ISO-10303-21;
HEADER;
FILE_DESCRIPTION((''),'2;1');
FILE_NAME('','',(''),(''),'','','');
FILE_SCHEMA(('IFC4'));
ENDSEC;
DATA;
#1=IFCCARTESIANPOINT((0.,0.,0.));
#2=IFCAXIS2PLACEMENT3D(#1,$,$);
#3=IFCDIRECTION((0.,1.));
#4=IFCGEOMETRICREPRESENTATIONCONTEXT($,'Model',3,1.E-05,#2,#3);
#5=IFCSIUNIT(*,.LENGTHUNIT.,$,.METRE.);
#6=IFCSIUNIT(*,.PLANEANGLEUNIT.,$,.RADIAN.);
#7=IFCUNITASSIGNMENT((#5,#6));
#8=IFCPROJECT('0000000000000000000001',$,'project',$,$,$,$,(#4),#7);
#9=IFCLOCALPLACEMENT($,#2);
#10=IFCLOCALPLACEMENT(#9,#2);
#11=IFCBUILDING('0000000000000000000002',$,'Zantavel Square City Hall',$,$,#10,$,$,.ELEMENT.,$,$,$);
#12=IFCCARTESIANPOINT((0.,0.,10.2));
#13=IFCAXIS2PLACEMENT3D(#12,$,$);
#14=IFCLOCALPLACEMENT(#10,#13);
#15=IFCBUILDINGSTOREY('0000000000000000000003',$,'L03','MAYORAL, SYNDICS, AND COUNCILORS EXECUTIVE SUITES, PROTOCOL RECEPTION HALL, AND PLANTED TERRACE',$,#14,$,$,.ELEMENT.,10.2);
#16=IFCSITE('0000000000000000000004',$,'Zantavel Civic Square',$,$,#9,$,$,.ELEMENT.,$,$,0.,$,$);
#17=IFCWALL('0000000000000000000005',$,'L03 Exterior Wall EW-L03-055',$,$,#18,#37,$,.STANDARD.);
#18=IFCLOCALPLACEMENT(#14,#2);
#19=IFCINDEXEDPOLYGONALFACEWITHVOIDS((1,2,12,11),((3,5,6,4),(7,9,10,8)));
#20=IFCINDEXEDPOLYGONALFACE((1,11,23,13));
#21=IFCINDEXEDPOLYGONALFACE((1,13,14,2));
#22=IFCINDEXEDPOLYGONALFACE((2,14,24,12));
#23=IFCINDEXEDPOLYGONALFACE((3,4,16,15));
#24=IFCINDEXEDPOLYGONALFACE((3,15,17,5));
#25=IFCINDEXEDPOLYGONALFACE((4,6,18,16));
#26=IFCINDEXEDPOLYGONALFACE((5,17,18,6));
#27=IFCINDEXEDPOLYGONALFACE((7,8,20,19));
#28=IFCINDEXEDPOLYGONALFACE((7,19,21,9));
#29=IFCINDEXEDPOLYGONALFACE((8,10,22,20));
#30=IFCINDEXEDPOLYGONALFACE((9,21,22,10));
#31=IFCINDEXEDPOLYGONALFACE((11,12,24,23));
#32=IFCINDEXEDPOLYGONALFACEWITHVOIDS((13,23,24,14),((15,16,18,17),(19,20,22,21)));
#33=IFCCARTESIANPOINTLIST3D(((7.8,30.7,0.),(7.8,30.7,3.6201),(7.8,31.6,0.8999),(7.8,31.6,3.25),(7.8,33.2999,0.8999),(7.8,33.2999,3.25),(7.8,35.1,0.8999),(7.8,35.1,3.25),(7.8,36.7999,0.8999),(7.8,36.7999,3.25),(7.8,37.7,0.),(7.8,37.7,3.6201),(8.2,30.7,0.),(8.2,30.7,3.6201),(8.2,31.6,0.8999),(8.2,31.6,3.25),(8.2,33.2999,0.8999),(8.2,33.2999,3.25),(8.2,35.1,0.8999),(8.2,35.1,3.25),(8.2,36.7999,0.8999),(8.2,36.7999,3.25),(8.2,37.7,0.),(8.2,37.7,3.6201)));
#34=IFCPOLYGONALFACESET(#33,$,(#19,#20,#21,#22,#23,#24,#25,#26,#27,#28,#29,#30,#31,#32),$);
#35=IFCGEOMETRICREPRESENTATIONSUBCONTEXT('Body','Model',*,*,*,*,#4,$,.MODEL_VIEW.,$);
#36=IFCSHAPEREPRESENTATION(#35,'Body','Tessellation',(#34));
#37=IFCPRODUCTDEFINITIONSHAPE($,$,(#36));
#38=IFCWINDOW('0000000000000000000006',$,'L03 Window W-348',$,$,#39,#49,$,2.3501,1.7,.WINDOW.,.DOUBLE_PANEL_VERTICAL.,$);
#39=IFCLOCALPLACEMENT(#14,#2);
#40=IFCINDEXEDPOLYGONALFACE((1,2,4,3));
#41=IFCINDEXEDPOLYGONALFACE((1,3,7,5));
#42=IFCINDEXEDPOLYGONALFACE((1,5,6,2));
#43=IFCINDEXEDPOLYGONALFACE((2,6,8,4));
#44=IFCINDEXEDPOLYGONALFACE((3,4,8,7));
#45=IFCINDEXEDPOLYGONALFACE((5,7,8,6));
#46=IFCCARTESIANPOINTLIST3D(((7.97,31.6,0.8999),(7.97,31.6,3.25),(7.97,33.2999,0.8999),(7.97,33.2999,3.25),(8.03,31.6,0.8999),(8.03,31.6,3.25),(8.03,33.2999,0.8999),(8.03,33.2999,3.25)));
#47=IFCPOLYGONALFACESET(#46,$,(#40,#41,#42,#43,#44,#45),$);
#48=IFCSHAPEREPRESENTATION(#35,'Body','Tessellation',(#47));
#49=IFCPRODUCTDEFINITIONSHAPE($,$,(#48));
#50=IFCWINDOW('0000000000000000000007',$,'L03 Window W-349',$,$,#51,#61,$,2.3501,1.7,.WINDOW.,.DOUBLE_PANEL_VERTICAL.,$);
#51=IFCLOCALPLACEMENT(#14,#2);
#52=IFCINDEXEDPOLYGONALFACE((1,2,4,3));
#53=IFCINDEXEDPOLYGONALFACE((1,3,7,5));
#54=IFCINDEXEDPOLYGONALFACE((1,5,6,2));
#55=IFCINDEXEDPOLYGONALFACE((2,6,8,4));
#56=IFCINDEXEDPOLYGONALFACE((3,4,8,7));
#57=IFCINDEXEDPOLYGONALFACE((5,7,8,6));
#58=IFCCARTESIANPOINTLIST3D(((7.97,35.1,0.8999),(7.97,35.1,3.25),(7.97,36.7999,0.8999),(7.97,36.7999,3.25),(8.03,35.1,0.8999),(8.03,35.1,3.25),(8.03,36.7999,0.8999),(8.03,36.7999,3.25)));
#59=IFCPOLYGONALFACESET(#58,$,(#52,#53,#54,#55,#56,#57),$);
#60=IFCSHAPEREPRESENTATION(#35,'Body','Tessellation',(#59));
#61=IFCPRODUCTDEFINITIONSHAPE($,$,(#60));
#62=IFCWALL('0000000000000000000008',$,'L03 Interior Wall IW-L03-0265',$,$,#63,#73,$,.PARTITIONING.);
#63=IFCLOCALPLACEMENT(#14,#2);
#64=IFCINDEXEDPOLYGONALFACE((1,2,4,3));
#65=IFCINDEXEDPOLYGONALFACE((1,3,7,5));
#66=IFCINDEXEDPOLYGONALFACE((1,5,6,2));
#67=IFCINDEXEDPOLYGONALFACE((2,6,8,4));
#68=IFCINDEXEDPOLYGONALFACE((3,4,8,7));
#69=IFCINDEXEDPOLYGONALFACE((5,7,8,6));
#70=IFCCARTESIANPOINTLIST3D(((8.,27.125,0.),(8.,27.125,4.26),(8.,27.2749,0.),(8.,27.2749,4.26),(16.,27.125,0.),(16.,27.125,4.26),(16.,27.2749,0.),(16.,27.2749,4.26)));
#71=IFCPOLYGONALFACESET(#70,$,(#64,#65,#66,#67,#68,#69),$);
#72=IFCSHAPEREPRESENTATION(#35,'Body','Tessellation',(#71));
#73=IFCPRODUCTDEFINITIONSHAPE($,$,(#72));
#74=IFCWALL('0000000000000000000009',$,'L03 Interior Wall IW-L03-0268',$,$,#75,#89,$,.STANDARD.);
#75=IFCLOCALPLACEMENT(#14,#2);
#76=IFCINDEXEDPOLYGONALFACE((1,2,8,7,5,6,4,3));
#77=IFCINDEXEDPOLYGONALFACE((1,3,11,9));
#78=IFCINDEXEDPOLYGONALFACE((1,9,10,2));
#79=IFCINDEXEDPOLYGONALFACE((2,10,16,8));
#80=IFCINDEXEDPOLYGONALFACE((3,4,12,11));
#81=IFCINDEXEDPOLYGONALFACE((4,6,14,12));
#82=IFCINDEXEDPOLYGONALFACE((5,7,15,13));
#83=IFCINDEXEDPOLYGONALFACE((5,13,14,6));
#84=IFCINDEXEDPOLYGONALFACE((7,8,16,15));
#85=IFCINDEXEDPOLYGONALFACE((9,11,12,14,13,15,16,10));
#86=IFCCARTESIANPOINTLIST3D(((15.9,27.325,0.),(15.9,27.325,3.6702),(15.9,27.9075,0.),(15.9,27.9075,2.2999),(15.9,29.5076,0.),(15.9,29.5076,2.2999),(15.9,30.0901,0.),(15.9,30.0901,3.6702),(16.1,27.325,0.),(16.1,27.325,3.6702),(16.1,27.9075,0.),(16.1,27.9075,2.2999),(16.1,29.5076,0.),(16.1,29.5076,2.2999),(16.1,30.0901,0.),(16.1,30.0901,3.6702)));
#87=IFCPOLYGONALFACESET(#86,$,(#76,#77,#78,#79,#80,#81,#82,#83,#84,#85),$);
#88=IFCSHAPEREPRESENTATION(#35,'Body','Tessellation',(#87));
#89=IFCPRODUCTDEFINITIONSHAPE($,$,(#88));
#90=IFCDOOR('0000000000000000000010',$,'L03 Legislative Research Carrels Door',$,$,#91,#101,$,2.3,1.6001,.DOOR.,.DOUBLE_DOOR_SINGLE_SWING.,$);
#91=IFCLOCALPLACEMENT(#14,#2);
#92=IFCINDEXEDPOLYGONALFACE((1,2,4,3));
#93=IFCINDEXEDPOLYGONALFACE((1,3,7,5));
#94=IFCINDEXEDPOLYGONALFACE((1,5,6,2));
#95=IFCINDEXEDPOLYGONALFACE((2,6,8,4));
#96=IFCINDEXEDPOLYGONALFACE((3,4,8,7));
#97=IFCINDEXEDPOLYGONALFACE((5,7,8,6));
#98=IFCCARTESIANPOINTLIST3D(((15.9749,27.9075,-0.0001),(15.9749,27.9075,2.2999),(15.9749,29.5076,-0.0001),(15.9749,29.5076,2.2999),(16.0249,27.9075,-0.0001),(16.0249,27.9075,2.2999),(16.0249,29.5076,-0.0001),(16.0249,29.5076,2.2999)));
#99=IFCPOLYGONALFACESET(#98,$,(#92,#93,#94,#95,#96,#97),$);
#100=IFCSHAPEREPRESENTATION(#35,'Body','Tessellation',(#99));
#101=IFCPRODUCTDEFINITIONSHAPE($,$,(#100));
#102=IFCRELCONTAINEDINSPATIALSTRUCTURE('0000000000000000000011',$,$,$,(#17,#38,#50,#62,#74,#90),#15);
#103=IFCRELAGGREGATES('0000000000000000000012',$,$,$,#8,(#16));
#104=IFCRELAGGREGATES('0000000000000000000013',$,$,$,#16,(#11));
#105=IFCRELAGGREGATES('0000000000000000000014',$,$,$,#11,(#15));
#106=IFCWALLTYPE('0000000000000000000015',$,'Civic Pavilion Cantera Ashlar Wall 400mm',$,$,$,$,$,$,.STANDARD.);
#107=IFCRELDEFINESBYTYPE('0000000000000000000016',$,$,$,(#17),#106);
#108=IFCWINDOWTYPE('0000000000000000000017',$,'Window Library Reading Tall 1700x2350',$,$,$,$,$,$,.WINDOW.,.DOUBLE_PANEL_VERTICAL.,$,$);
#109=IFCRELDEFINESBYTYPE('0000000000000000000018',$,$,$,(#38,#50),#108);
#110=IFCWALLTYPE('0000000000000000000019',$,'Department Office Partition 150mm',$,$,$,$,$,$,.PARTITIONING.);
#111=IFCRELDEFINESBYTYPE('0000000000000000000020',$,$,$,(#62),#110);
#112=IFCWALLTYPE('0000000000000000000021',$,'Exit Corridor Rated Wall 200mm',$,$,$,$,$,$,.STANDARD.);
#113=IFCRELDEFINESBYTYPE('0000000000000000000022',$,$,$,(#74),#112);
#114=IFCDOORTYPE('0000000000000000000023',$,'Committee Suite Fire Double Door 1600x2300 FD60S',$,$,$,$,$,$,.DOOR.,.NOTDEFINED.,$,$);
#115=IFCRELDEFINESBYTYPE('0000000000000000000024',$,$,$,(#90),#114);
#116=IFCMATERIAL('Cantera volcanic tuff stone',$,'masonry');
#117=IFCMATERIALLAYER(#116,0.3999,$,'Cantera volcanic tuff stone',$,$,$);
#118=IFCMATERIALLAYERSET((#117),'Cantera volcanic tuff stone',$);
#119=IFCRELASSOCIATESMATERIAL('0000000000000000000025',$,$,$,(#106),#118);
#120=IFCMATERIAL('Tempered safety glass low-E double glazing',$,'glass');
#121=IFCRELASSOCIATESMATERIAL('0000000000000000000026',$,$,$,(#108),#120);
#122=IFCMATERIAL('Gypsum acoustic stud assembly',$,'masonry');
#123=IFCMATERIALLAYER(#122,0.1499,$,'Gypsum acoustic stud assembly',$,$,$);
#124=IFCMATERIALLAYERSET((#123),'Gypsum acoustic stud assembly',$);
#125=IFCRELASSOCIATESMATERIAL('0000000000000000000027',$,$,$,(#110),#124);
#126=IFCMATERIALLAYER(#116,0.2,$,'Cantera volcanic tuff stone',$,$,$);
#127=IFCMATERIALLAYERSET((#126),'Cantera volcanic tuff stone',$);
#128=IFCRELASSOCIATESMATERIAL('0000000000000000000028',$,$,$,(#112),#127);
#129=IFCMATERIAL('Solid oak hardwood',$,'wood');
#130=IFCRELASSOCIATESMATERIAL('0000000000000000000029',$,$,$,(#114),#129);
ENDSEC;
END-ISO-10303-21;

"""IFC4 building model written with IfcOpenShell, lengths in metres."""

from ifc_helpers import new_model, si_unit, direction, frame, frame_2d, origin, place, context, subcontext, project, spatial, rectangle, extrude, material, layer, layer_set, type_object, element, fill, save


model = new_model("IFC4")

# Units and contexts
model_context = context("Model", 3, precision=1e-05, world=origin(), true_north=direction((0.0, 1.0)))
body_context = subcontext(model_context, "Body", "Model", "MODEL_VIEW")
ifc_project = project(units=[si_unit("LENGTHUNIT", "METRE"), si_unit("PLANEANGLEUNIT", "RADIAN")], contexts=[model_context])

# Site, building, storey
site_placement = place(None, origin())
site = spatial("IfcSite", under=ifc_project, at=site_placement, Name="Zantavel Civic Square", CompositionType="ELEMENT", RefElevation=0.0)
building_placement = place(site_placement, origin())
building = spatial("IfcBuilding", under=site, at=building_placement, Name="Zantavel Square City Hall", CompositionType="ELEMENT")
storey_placement = place(building_placement, frame((0.0, 0.0, 10.2)))
storey = spatial("IfcBuildingStorey", under=building, at=storey_placement, Name="L03", Description="MAYORAL, SYNDICS, AND COUNCILORS EXECUTIVE SUITES, PROTOCOL RECEPTION HALL, AND PLANTED TERRACE", CompositionType="ELEMENT", Elevation=10.2)

# Wall, openings, windows
ifc_material_1 = material(Name="Cantera volcanic tuff stone", Category="masonry")
ifc_layer_1 = layer(ifc_material_1, 0.3999, Name="Cantera volcanic tuff stone")
ifc_layer_set_1 = layer_set([ifc_layer_1], Name="Cantera volcanic tuff stone")
wall_type_1 = type_object("IfcWallType", Name="Civic Pavilion Cantera Ashlar Wall 400mm", PredefinedType="STANDARD", material=ifc_layer_set_1)
ifc_material_2 = material(Name="Tempered safety glass low-E double glazing", Category="glass")
window_type = type_object("IfcWindowType", Name="Window Library Reading Tall 1700x2350", PartitioningType="DOUBLE_PANEL_VERTICAL", PredefinedType="WINDOW", material=ifc_material_2)
wall_1_placement = place(storey_placement, frame((8.0, 30.7, 0.0), z_axis=(0.0, 0.0, 1.0), x_axis=(0.0, 1.0, 0.0)))
wall_1 = element("IfcWall", 1, at=wall_1_placement, inside=storey, type_object=wall_type_1, Name="L03 Exterior Wall EW-L03-055", PredefinedType="STANDARD", context=body_context, shape_type="SweptSolid", body=[
    extrude(rectangle(XDim=7.0, YDim=0.3999, at=frame_2d((3.5, 0.0))), origin(), (0.0, 0.0, 1.0), 3.6201),
])
opening_1_placement = place(wall_1_placement, frame((0.8999, 0.0, 0.8999)))
opening_1 = element("IfcOpeningElement", 2, at=opening_1_placement, cuts=wall_1, PredefinedType="OPENING", context=body_context, shape_type="SweptSolid", body=[
    extrude(rectangle(XDim=1.7, YDim=2.3501, at=frame_2d((0.8501, 1.175))), frame((0.0, 0.21, 0.0), z_axis=(0.0, -1.0, 0.0), x_axis=(1.0, 0.0, 0.0)), (0.0, 0.0, 1.0), 0.4199),
])
opening_2_placement = place(wall_1_placement, frame((4.3999, 0.0, 0.8999)))
opening_2 = element("IfcOpeningElement", 3, at=opening_2_placement, cuts=wall_1, PredefinedType="OPENING", context=body_context, shape_type="SweptSolid", body=[
    extrude(rectangle(XDim=1.7, YDim=2.3501, at=frame_2d((0.8501, 1.175))), frame((0.0, 0.21, 0.0), z_axis=(0.0, -1.0, 0.0), x_axis=(1.0, 0.0, 0.0)), (0.0, 0.0, 1.0), 0.4199),
])
window_1_placement = place(opening_1_placement, origin())
window_1 = element("IfcWindow", 4, at=window_1_placement, inside=storey, type_object=window_type, Name="L03 Window W-348", OverallHeight=2.3501, OverallWidth=1.7, PartitioningType="DOUBLE_PANEL_VERTICAL", PredefinedType="WINDOW", context=body_context, shape_type="SweptSolid", body=[
    extrude(rectangle(XDim=1.7, YDim=2.3501, at=frame_2d((0.8501, 1.175))), frame((0.0, 0.03, 0.0), z_axis=(0.0, -1.0, 0.0), x_axis=(1.0, 0.0, 0.0)), (0.0, 0.0, 1.0), 0.0601),
])
fill(opening_1, window_1)
window_2_placement = place(opening_2_placement, origin())
window_2 = element("IfcWindow", 5, at=window_2_placement, inside=storey, type_object=window_type, Name="L03 Window W-349", OverallHeight=2.3501, OverallWidth=1.7, PartitioningType="DOUBLE_PANEL_VERTICAL", PredefinedType="WINDOW", context=body_context, shape_type="SweptSolid", body=[
    extrude(rectangle(XDim=1.7, YDim=2.3501, at=frame_2d((0.8501, 1.175))), frame((0.0, 0.03, 0.0), z_axis=(0.0, -1.0, 0.0), x_axis=(1.0, 0.0, 0.0)), (0.0, 0.0, 1.0), 0.0601),
])
fill(opening_2, window_2)

# Wall
ifc_material_3 = material(Name="Gypsum acoustic stud assembly", Category="masonry")
ifc_layer_2 = layer(ifc_material_3, 0.1499, Name="Gypsum acoustic stud assembly")
ifc_layer_set_2 = layer_set([ifc_layer_2], Name="Gypsum acoustic stud assembly")
wall_type_2 = type_object("IfcWallType", Name="Department Office Partition 150mm", PredefinedType="PARTITIONING", material=ifc_layer_set_2)
wall_2_placement = place(storey_placement, frame((8.0, 27.2, 0.0), z_axis=(0.0, 0.0, 1.0), x_axis=(1.0, 0.0, 0.0)))
element("IfcWall", 6, at=wall_2_placement, inside=storey, type_object=wall_type_2, Name="L03 Interior Wall IW-L03-0265", PredefinedType="PARTITIONING", context=body_context, shape_type="SweptSolid", body=[
    extrude(rectangle(XDim=8.0, YDim=0.1499, at=frame_2d((4.0, 0.0))), origin(), (0.0, 0.0, 1.0), 4.26),
])

# Wall, opening, door
ifc_layer_3 = layer(ifc_material_1, 0.2, Name="Cantera volcanic tuff stone")
ifc_layer_set_3 = layer_set([ifc_layer_3], Name="Cantera volcanic tuff stone")
wall_type_3 = type_object("IfcWallType", Name="Exit Corridor Rated Wall 200mm", PredefinedType="STANDARD", material=ifc_layer_set_3)
wall_3_placement = place(storey_placement, frame((16.0, 30.0901, 0.0), z_axis=(0.0, 0.0, 1.0), x_axis=(0.0, -1.0, 0.0)))
wall_3 = element("IfcWall", 7, at=wall_3_placement, inside=storey, type_object=wall_type_3, Name="L03 Interior Wall IW-L03-0268", PredefinedType="STANDARD", context=body_context, shape_type="SweptSolid", body=[
    extrude(rectangle(XDim=2.7651, YDim=0.2, at=frame_2d((1.3826, 0.0))), origin(), (0.0, 0.0, 1.0), 3.6702),
])
opening_3_placement = place(wall_3_placement, frame((0.5825, 0.0, 0.0)))
opening_3 = element("IfcOpeningElement", 8, at=opening_3_placement, cuts=wall_3, PredefinedType="OPENING", context=body_context, shape_type="SweptSolid", body=[
    extrude(rectangle(XDim=1.6001, YDim=2.3, at=frame_2d((0.8, 1.1499))), frame((0.0, 0.1099, 0.0), z_axis=(0.0, -1.0, 0.0), x_axis=(1.0, 0.0, 0.0)), (0.0, 0.0, 1.0), 0.22),
])
ifc_material_4 = material(Name="Solid oak hardwood", Category="wood")
door_type = type_object("IfcDoorType", Name="Committee Suite Fire Double Door 1600x2300 FD60S", OperationType="NOTDEFINED", PredefinedType="DOOR", material=ifc_material_4)
door_placement = place(opening_3_placement, origin())
door = element("IfcDoor", 9, at=door_placement, inside=storey, type_object=door_type, Name="L03 Legislative Research Carrels Door", OperationType="DOUBLE_DOOR_SINGLE_SWING", OverallHeight=2.3, OverallWidth=1.6001, PredefinedType="DOOR", context=body_context, shape_type="SweptSolid", body=[
    extrude(rectangle(XDim=1.6001, YDim=2.3, at=frame_2d((0.8, 1.1499))), frame((0.0, 0.0249, 0.0), z_axis=(0.0, -1.0, 0.0), x_axis=(1.0, 0.0, 0.0)), (0.0, 0.0, 1.0), 0.05),
])
fill(opening_3, door)

save(model, "model.ifc")
